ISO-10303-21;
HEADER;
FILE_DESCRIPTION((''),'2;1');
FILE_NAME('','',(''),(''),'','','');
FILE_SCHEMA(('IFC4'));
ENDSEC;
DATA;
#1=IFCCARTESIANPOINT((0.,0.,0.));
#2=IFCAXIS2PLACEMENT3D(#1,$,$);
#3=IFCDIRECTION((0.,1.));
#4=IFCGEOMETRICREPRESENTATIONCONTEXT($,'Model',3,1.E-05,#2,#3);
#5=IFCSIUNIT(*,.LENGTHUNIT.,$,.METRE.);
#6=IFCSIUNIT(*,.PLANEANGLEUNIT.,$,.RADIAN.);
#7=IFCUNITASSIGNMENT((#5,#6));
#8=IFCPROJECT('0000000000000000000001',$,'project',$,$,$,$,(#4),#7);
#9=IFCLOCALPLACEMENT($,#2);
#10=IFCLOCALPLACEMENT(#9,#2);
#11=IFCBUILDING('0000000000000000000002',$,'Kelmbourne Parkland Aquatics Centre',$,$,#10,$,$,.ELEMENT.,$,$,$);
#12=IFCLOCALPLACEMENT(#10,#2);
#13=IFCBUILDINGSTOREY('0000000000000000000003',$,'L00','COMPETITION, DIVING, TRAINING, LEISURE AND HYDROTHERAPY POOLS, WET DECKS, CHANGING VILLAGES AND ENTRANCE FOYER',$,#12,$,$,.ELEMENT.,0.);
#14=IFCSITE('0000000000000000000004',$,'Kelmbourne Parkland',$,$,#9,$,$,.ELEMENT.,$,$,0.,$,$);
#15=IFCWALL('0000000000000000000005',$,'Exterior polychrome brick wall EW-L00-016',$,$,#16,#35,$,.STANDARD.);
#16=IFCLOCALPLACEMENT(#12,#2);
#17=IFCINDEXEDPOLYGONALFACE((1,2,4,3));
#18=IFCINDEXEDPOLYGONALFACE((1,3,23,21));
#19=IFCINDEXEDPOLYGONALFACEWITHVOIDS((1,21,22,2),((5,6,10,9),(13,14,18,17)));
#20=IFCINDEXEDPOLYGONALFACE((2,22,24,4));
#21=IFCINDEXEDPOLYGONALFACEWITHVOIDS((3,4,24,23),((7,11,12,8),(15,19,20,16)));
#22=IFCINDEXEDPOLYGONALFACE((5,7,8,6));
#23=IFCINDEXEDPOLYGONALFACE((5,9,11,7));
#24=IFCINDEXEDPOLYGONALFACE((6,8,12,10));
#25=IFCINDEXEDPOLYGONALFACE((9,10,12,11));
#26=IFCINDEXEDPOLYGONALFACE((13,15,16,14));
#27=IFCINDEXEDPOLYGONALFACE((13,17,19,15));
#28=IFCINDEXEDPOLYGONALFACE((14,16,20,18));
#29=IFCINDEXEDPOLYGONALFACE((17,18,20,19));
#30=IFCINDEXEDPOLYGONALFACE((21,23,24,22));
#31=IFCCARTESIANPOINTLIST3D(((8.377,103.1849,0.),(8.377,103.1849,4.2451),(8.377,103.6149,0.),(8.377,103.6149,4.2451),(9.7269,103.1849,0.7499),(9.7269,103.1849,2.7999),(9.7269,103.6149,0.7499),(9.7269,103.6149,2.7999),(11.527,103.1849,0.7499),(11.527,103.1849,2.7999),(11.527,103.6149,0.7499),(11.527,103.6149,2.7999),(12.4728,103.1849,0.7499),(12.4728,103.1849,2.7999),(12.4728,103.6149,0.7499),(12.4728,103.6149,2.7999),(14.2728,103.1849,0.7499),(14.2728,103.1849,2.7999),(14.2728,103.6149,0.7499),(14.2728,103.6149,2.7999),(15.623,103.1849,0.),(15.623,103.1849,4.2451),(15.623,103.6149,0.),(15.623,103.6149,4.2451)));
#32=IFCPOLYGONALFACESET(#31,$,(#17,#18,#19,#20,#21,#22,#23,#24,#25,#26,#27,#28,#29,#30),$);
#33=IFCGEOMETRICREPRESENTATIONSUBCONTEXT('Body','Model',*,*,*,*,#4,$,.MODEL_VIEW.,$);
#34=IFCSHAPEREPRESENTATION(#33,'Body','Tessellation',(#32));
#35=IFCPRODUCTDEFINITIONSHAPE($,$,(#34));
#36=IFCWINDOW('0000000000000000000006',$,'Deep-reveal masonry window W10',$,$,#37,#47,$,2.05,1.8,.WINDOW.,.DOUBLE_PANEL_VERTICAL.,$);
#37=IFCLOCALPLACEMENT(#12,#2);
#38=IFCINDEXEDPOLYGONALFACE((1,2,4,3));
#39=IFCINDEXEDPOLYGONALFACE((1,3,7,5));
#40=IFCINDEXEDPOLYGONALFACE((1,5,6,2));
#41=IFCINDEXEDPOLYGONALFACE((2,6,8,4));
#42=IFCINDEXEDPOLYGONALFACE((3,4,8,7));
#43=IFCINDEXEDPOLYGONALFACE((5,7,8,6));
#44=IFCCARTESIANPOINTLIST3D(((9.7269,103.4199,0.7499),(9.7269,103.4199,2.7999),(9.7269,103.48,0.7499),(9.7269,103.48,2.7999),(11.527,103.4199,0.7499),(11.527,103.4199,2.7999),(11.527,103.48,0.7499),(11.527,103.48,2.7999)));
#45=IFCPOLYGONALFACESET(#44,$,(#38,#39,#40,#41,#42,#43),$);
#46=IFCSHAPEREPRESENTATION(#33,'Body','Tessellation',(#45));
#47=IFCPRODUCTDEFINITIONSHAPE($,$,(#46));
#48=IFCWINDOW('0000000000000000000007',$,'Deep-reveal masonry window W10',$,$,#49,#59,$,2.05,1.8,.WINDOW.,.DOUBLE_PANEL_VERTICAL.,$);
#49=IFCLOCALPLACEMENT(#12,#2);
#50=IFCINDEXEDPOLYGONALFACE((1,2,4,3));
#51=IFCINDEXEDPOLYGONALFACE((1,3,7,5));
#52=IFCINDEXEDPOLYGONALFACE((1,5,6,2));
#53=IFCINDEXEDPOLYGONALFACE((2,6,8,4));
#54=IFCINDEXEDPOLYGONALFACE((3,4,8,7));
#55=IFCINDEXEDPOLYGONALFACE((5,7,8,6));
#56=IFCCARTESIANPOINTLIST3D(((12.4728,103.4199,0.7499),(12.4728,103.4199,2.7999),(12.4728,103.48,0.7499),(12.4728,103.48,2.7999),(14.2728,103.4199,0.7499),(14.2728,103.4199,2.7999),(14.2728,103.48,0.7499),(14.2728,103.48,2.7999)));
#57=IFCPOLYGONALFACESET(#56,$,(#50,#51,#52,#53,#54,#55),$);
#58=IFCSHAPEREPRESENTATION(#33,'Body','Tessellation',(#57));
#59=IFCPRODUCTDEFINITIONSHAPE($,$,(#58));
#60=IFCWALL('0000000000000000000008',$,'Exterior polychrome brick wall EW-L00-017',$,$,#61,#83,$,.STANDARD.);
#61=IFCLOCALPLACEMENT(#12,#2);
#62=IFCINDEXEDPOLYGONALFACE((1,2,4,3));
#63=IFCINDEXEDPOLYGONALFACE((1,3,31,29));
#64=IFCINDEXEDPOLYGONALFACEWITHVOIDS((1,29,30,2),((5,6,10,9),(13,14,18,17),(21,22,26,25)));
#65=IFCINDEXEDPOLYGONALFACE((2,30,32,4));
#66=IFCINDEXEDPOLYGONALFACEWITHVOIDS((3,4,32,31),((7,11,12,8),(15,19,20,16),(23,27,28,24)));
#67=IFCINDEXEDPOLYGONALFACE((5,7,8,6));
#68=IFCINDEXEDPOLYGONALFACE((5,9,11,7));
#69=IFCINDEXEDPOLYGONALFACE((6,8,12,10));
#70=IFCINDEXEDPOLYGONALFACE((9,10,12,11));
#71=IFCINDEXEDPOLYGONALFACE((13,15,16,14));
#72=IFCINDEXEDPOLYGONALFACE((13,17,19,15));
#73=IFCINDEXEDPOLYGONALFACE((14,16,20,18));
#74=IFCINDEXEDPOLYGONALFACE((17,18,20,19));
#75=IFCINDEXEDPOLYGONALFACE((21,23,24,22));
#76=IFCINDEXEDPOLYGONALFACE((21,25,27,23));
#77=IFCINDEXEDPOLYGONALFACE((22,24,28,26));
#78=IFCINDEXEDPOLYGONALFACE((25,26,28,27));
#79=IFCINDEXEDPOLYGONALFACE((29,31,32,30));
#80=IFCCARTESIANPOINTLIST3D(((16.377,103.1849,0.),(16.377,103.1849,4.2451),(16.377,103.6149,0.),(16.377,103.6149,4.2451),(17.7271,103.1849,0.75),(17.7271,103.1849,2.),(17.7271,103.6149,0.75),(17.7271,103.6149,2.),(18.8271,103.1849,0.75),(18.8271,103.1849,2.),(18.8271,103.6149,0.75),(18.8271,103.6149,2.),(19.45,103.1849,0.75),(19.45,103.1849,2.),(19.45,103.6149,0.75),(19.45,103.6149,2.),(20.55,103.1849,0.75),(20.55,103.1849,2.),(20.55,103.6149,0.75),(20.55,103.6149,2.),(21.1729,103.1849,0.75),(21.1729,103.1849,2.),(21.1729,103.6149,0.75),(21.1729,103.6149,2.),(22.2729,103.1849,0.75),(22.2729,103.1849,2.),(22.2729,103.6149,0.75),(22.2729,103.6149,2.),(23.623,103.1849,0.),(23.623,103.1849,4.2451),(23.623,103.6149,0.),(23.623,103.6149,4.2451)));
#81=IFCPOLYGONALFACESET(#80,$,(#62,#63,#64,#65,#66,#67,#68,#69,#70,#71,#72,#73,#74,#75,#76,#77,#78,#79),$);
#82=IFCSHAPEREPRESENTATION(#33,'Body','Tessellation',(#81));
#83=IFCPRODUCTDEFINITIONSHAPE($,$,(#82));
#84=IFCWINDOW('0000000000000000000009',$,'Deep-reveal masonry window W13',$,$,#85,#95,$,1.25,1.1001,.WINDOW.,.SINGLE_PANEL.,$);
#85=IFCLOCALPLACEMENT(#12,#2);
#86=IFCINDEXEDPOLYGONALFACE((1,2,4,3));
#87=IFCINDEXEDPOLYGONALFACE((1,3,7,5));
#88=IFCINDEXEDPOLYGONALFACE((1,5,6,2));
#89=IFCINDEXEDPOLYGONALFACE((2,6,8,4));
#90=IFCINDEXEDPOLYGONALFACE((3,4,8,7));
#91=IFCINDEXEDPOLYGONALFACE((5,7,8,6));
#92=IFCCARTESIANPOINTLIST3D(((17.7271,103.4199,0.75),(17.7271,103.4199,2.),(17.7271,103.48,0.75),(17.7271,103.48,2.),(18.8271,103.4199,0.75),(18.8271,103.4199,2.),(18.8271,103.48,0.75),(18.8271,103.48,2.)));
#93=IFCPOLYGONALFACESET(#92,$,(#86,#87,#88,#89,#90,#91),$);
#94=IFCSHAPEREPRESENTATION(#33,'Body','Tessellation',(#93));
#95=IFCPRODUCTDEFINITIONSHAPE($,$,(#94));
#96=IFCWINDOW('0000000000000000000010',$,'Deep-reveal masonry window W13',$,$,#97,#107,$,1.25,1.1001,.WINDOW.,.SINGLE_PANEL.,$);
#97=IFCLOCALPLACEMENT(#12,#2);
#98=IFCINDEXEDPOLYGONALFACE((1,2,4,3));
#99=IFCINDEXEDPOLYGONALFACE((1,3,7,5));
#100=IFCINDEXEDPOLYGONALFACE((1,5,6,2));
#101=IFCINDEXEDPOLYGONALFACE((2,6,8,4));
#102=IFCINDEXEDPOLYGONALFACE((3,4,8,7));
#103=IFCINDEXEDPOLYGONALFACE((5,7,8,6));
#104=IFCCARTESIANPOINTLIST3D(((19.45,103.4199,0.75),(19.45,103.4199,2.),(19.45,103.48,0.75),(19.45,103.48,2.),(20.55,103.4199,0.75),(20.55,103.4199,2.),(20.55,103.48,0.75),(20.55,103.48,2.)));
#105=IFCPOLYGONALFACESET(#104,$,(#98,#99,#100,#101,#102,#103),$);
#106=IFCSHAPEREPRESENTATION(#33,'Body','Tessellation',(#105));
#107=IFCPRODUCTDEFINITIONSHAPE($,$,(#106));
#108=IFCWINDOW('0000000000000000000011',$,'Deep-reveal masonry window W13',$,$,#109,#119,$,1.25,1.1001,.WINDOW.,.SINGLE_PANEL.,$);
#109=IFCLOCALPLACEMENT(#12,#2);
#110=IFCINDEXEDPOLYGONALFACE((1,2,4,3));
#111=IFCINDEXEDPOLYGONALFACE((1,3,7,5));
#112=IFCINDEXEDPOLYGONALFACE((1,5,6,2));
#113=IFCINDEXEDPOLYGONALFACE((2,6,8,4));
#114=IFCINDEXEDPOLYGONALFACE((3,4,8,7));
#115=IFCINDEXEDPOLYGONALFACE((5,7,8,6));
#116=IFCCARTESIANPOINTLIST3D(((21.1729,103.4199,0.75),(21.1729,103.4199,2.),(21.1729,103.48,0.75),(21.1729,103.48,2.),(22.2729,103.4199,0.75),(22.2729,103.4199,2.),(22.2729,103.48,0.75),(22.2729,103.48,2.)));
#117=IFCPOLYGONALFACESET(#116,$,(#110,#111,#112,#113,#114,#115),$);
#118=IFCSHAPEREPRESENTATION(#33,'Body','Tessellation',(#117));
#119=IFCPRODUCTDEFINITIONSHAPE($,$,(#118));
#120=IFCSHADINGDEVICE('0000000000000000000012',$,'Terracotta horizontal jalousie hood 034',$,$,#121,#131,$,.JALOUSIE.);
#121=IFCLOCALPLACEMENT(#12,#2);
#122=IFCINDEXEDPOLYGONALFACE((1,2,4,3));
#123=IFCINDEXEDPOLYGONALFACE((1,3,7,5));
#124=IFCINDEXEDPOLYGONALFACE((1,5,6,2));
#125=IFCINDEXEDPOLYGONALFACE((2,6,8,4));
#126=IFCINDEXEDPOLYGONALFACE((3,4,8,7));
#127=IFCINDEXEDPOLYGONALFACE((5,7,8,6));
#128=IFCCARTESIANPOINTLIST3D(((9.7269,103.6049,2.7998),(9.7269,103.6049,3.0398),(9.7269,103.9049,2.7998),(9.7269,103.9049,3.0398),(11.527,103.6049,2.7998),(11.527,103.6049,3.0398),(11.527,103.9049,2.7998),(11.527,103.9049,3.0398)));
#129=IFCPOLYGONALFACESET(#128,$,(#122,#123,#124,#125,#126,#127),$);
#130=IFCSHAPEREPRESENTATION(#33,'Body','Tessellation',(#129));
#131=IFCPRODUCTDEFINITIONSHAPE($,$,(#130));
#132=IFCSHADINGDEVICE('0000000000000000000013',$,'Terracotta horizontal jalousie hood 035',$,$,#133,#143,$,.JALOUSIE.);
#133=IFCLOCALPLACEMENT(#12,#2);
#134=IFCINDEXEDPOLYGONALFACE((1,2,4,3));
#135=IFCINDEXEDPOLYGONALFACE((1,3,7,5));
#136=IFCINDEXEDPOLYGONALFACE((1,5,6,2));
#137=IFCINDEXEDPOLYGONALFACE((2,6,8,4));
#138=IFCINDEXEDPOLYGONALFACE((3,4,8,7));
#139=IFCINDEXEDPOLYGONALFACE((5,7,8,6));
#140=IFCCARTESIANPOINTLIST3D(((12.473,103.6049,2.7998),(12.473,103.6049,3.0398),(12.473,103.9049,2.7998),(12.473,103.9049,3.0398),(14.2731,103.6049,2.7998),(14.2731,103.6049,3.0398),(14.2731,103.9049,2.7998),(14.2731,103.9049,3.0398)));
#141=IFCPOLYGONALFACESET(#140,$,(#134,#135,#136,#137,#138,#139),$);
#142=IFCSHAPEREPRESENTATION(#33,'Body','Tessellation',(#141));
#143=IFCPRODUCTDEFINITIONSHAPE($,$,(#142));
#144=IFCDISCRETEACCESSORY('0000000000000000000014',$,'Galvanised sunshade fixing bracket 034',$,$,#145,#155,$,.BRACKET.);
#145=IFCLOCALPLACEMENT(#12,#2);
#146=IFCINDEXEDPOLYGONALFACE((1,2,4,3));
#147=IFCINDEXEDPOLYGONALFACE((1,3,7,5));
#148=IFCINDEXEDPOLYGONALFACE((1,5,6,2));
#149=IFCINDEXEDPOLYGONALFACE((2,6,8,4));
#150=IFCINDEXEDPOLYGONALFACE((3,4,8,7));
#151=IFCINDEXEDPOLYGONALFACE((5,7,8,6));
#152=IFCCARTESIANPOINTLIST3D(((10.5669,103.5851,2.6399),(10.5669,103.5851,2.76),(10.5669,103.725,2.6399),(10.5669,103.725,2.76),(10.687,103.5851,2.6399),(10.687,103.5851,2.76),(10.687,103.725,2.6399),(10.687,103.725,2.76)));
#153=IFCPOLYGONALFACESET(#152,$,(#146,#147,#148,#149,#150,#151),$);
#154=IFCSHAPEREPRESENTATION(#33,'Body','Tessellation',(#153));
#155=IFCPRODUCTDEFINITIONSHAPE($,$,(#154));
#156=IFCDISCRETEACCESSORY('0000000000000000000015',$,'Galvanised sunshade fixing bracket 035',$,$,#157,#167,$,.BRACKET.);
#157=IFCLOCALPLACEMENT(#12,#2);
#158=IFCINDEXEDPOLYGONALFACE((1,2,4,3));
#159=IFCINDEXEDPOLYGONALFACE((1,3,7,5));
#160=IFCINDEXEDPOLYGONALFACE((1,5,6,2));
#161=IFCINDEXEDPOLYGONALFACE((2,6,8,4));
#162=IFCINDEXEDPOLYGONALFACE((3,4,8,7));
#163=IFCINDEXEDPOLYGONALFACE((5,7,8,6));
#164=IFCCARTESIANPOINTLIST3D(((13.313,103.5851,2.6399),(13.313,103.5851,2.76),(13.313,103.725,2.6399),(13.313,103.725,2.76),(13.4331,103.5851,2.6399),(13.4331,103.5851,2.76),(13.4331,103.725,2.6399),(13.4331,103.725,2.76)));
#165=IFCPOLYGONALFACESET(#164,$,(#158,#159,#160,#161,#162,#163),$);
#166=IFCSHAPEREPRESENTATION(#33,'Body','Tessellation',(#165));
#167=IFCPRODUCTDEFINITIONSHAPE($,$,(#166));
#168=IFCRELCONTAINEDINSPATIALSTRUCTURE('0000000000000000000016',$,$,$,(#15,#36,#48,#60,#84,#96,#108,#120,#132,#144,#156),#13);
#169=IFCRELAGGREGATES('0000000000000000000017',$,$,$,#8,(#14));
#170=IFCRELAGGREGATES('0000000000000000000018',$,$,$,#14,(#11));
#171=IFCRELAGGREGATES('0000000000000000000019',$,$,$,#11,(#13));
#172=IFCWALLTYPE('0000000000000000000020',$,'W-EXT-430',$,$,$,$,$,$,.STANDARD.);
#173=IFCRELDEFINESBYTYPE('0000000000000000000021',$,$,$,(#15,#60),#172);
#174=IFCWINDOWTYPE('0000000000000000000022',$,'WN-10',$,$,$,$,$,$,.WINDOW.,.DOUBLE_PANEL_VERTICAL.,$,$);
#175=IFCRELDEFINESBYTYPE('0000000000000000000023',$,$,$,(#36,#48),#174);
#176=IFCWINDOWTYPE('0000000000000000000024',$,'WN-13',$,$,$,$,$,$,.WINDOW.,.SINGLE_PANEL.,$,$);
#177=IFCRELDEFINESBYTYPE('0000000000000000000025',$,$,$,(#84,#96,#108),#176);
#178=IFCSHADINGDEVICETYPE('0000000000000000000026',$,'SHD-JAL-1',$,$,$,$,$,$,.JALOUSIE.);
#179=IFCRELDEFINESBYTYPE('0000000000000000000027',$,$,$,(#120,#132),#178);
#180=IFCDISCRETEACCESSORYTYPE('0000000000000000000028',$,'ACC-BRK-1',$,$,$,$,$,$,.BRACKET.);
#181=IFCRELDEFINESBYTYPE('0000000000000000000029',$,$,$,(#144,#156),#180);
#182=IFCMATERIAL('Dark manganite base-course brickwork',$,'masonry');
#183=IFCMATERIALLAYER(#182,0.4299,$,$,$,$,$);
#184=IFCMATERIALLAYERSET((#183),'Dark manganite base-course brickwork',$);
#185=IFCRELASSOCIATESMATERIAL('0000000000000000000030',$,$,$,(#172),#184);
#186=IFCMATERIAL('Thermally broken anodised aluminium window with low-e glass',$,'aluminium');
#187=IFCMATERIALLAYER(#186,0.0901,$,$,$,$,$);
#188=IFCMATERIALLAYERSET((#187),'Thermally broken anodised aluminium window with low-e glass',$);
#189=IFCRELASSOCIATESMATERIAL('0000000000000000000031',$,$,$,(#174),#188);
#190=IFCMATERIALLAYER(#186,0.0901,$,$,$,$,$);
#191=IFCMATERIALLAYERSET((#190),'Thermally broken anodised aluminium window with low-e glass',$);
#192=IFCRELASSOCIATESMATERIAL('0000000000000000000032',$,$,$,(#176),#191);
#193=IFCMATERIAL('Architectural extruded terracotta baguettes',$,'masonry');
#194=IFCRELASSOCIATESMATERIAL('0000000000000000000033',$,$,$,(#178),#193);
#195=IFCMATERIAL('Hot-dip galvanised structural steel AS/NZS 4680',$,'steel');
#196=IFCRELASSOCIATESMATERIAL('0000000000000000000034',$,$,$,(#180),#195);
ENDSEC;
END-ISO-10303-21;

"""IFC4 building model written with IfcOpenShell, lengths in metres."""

from ifc_helpers import new_model, si_unit, direction, frame, frame_2d, origin, origin_2d, place, context, subcontext, project, spatial, rectangle, extrude, material, layer, layer_set, type_object, element, fill, save


model = new_model("IFC4")

# Units and contexts
model_context = context("Model", 3, precision=1e-05, world=origin(), true_north=direction((0.0, 1.0)))
body_context = subcontext(model_context, "Body", "Model", "MODEL_VIEW")
ifc_project = project(units=[si_unit("LENGTHUNIT", "METRE"), si_unit("PLANEANGLEUNIT", "RADIAN")], contexts=[model_context])

# Site, building, storey
site_placement = place(None, origin())
site = spatial("IfcSite", under=ifc_project, at=site_placement, Name="Kelmbourne Parkland", CompositionType="ELEMENT", RefElevation=0.0)
building_placement = place(site_placement, origin())
building = spatial("IfcBuilding", under=site, at=building_placement, Name="Kelmbourne Parkland Aquatics Centre", CompositionType="ELEMENT")
storey_placement = place(building_placement, origin())
storey = spatial("IfcBuildingStorey", under=building, at=storey_placement, Name="L00", Description="COMPETITION, DIVING, TRAINING, LEISURE AND HYDROTHERAPY POOLS, WET DECKS, CHANGING VILLAGES AND ENTRANCE FOYER", CompositionType="ELEMENT", Elevation=0.0)

# Walls, openings, windows
ifc_material_1 = material(Name="Dark manganite base-course brickwork", Category="masonry")
ifc_layer_1 = layer(ifc_material_1, 0.4299)
ifc_layer_set_1 = layer_set([ifc_layer_1], Name="Dark manganite base-course brickwork")
wall_type = type_object("IfcWallType", Name="W-EXT-430", PredefinedType="STANDARD", material=ifc_layer_set_1)
wall_1_placement = place(storey_placement, frame((8.377, 103.3999, 0.0), z_axis=(0.0, 0.0, 1.0), x_axis=(1.0, 0.0, 0.0)))
wall_1 = element("IfcWall", 1, at=wall_1_placement, inside=storey, type_object=wall_type, Name="Exterior polychrome brick wall EW-L00-016", PredefinedType="STANDARD", context=body_context, shape_type="SweptSolid", body=[
    extrude(rectangle(XDim=7.2461, YDim=0.4299, at=frame_2d((3.623, 0.0))), origin(), (0.0, 0.0, 1.0), 4.2451),
])
opening_1_placement = place(wall_1_placement, frame((1.3501, 0.0, 0.75)))
opening_1 = element("IfcOpeningElement", 2, at=opening_1_placement, cuts=wall_1, PredefinedType="OPENING", context=body_context, shape_type="SweptSolid", body=[
    extrude(rectangle(XDim=1.8, YDim=2.05, at=frame_2d((0.8999, 1.0249))), frame((0.0, 0.2271, 0.0), z_axis=(0.0, -1.0, 0.0), x_axis=(1.0, 0.0, 0.0)), (0.0, 0.0, 1.0), 0.4539),
])
opening_2_placement = place(wall_1_placement, frame((4.0959, 0.0, 0.75)))
opening_2 = element("IfcOpeningElement", 3, at=opening_2_placement, cuts=wall_1, PredefinedType="OPENING", context=body_context, shape_type="SweptSolid", body=[
    extrude(rectangle(XDim=1.8, YDim=2.05, at=frame_2d((0.8999, 1.0249))), frame((0.0, 0.2271, 0.0), z_axis=(0.0, -1.0, 0.0), x_axis=(1.0, 0.0, 0.0)), (0.0, 0.0, 1.0), 0.4539),
])
ifc_material_2 = material(Name="Thermally broken anodised aluminium window with low-e glass", Category="aluminium")
ifc_layer_2 = layer(ifc_material_2, 0.0901)
ifc_layer_set_2 = layer_set([ifc_layer_2], Name="Thermally broken anodised aluminium window with low-e glass")
window_type_1 = type_object("IfcWindowType", Name="WN-10", PartitioningType="DOUBLE_PANEL_VERTICAL", PredefinedType="WINDOW", material=ifc_layer_set_2)
window_1_placement = place(opening_1_placement, origin())
window_1 = element("IfcWindow", 4, at=window_1_placement, inside=storey, type_object=window_type_1, Name="Deep-reveal masonry window W10", OverallHeight=2.05, OverallWidth=1.8, PartitioningType="DOUBLE_PANEL_VERTICAL", PredefinedType="WINDOW", context=body_context, shape_type="SweptSolid", body=[
    extrude(rectangle(XDim=1.8, YDim=2.05, at=frame_2d((0.8999, 1.0249))), frame((0.0, 0.0801, 0.0), z_axis=(0.0, -1.0, 0.0), x_axis=(1.0, 0.0, 0.0)), (0.0, 0.0, 1.0), 0.0601),
])
fill(opening_1, window_1)
window_2_placement = place(opening_2_placement, origin())
window_2 = element("IfcWindow", 5, at=window_2_placement, inside=storey, type_object=window_type_1, Name="Deep-reveal masonry window W10", OverallHeight=2.05, OverallWidth=1.8, PartitioningType="DOUBLE_PANEL_VERTICAL", PredefinedType="WINDOW", context=body_context, shape_type="SweptSolid", body=[
    extrude(rectangle(XDim=1.8, YDim=2.05, at=frame_2d((0.8999, 1.0249))), frame((0.0, 0.0801, 0.0), z_axis=(0.0, -1.0, 0.0), x_axis=(1.0, 0.0, 0.0)), (0.0, 0.0, 1.0), 0.0601),
])
fill(opening_2, window_2)
wall_2_placement = place(storey_placement, frame((16.377, 103.3999, 0.0), z_axis=(0.0, 0.0, 1.0), x_axis=(1.0, 0.0, 0.0)))
wall_2 = element("IfcWall", 6, at=wall_2_placement, inside=storey, type_object=wall_type, Name="Exterior polychrome brick wall EW-L00-017", PredefinedType="STANDARD", context=body_context, shape_type="SweptSolid", body=[
    extrude(rectangle(XDim=7.2461, YDim=0.4299, at=frame_2d((3.623, 0.0))), origin(), (0.0, 0.0, 1.0), 4.2451),
])
opening_3_placement = place(wall_2_placement, frame((1.3501, 0.0, 0.75)))
opening_3 = element("IfcOpeningElement", 7, at=opening_3_placement, cuts=wall_2, PredefinedType="OPENING", context=body_context, shape_type="SweptSolid", body=[
    extrude(rectangle(XDim=1.1001, YDim=1.25, at=frame_2d((0.55, 0.625))), frame((0.0, 0.2271, 0.0), z_axis=(0.0, -1.0, 0.0), x_axis=(1.0, 0.0, 0.0)), (0.0, 0.0, 1.0), 0.4539),
])
opening_4_placement = place(wall_2_placement, frame((3.073, 0.0, 0.75)))
opening_4 = element("IfcOpeningElement", 8, at=opening_4_placement, cuts=wall_2, PredefinedType="OPENING", context=body_context, shape_type="SweptSolid", body=[
    extrude(rectangle(XDim=1.1001, YDim=1.25, at=frame_2d((0.55, 0.625))), frame((0.0, 0.2271, 0.0), z_axis=(0.0, -1.0, 0.0), x_axis=(1.0, 0.0, 0.0)), (0.0, 0.0, 1.0), 0.4539),
])
opening_5_placement = place(wall_2_placement, frame((4.7959, 0.0, 0.75)))
opening_5 = element("IfcOpeningElement", 9, at=opening_5_placement, cuts=wall_2, PredefinedType="OPENING", context=body_context, shape_type="SweptSolid", body=[
    extrude(rectangle(XDim=1.1001, YDim=1.25, at=frame_2d((0.55, 0.625))), frame((0.0, 0.2271, 0.0), z_axis=(0.0, -1.0, 0.0), x_axis=(1.0, 0.0, 0.0)), (0.0, 0.0, 1.0), 0.4539),
])
ifc_layer_3 = layer(ifc_material_2, 0.0901)
ifc_layer_set_3 = layer_set([ifc_layer_3], Name="Thermally broken anodised aluminium window with low-e glass")
window_type_2 = type_object("IfcWindowType", Name="WN-13", PartitioningType="SINGLE_PANEL", PredefinedType="WINDOW", material=ifc_layer_set_3)
window_3_placement = place(opening_3_placement, origin())
window_3 = element("IfcWindow", 10, at=window_3_placement, inside=storey, type_object=window_type_2, Name="Deep-reveal masonry window W13", OverallHeight=1.25, OverallWidth=1.1001, PartitioningType="SINGLE_PANEL", PredefinedType="WINDOW", context=body_context, shape_type="SweptSolid", body=[
    extrude(rectangle(XDim=1.1001, YDim=1.25, at=frame_2d((0.55, 0.625))), frame((0.0, 0.0801, 0.0), z_axis=(0.0, -1.0, 0.0), x_axis=(1.0, 0.0, 0.0)), (0.0, 0.0, 1.0), 0.0601),
])
fill(opening_3, window_3)
window_4_placement = place(opening_4_placement, origin())
window_4 = element("IfcWindow", 11, at=window_4_placement, inside=storey, type_object=window_type_2, Name="Deep-reveal masonry window W13", OverallHeight=1.25, OverallWidth=1.1001, PartitioningType="SINGLE_PANEL", PredefinedType="WINDOW", context=body_context, shape_type="SweptSolid", body=[
    extrude(rectangle(XDim=1.1001, YDim=1.25, at=frame_2d((0.55, 0.625))), frame((0.0, 0.0801, 0.0), z_axis=(0.0, -1.0, 0.0), x_axis=(1.0, 0.0, 0.0)), (0.0, 0.0, 1.0), 0.0601),
])
fill(opening_4, window_4)
window_5_placement = place(opening_5_placement, origin())
window_5 = element("IfcWindow", 12, at=window_5_placement, inside=storey, type_object=window_type_2, Name="Deep-reveal masonry window W13", OverallHeight=1.25, OverallWidth=1.1001, PartitioningType="SINGLE_PANEL", PredefinedType="WINDOW", context=body_context, shape_type="SweptSolid", body=[
    extrude(rectangle(XDim=1.1001, YDim=1.25, at=frame_2d((0.55, 0.625))), frame((0.0, 0.0801, 0.0), z_axis=(0.0, -1.0, 0.0), x_axis=(1.0, 0.0, 0.0)), (0.0, 0.0, 1.0), 0.0601),
])
fill(opening_5, window_5)

# Shading devices
ifc_material_3 = material(Name="Architectural extruded terracotta baguettes", Category="masonry")
shading_device_type = type_object("IfcShadingDeviceType", Name="SHD-JAL-1", PredefinedType="JALOUSIE", material=ifc_material_3)
for number, where, z_axis, x_axis, name in (
    (13, (10.627, 103.7549, 2.7998), (0.0, 0.0, 1.0), (1.0, 0.0, 0.0), "Terracotta horizontal jalousie hood 034"),
    (14, (13.373, 103.7549, 2.7998), (0.0, 0.0, 1.0), (1.0, 0.0, 0.0), "Terracotta horizontal jalousie hood 035"),
):
    element("IfcShadingDevice", number, at=place(storey_placement, frame(where, z_axis=z_axis, x_axis=x_axis)), inside=storey, type_object=shading_device_type, Name=name, PredefinedType="JALOUSIE", context=body_context, shape_type="SweptSolid", body=[
        extrude(rectangle(XDim=1.8, YDim=0.3, at=origin_2d()), origin(), (0.0, 0.0, 1.0), 0.24),
    ])

# Discrete accessories
ifc_material_4 = material(Name="Hot-dip galvanised structural steel AS/NZS 4680", Category="steel")
discrete_accessory_type = type_object("IfcDiscreteAccessoryType", Name="ACC-BRK-1", PredefinedType="BRACKET", material=ifc_material_4)
for number, where, z_axis, x_axis, name in (
    (15, (10.627, 103.655, 2.6399), (0.0, 0.0, 1.0), (1.0, 0.0, 0.0), "Galvanised sunshade fixing bracket 034"),
    (16, (13.373, 103.655, 2.6399), (0.0, 0.0, 1.0), (1.0, 0.0, 0.0), "Galvanised sunshade fixing bracket 035"),
):
    element("IfcDiscreteAccessory", number, at=place(storey_placement, frame(where, z_axis=z_axis, x_axis=x_axis)), inside=storey, type_object=discrete_accessory_type, Name=name, PredefinedType="BRACKET", context=body_context, shape_type="SweptSolid", body=[
        extrude(rectangle(XDim=0.1201, YDim=0.1399, at=origin_2d()), origin(), (0.0, 0.0, 1.0), 0.1201),
    ])

save(model, "model.ifc")
